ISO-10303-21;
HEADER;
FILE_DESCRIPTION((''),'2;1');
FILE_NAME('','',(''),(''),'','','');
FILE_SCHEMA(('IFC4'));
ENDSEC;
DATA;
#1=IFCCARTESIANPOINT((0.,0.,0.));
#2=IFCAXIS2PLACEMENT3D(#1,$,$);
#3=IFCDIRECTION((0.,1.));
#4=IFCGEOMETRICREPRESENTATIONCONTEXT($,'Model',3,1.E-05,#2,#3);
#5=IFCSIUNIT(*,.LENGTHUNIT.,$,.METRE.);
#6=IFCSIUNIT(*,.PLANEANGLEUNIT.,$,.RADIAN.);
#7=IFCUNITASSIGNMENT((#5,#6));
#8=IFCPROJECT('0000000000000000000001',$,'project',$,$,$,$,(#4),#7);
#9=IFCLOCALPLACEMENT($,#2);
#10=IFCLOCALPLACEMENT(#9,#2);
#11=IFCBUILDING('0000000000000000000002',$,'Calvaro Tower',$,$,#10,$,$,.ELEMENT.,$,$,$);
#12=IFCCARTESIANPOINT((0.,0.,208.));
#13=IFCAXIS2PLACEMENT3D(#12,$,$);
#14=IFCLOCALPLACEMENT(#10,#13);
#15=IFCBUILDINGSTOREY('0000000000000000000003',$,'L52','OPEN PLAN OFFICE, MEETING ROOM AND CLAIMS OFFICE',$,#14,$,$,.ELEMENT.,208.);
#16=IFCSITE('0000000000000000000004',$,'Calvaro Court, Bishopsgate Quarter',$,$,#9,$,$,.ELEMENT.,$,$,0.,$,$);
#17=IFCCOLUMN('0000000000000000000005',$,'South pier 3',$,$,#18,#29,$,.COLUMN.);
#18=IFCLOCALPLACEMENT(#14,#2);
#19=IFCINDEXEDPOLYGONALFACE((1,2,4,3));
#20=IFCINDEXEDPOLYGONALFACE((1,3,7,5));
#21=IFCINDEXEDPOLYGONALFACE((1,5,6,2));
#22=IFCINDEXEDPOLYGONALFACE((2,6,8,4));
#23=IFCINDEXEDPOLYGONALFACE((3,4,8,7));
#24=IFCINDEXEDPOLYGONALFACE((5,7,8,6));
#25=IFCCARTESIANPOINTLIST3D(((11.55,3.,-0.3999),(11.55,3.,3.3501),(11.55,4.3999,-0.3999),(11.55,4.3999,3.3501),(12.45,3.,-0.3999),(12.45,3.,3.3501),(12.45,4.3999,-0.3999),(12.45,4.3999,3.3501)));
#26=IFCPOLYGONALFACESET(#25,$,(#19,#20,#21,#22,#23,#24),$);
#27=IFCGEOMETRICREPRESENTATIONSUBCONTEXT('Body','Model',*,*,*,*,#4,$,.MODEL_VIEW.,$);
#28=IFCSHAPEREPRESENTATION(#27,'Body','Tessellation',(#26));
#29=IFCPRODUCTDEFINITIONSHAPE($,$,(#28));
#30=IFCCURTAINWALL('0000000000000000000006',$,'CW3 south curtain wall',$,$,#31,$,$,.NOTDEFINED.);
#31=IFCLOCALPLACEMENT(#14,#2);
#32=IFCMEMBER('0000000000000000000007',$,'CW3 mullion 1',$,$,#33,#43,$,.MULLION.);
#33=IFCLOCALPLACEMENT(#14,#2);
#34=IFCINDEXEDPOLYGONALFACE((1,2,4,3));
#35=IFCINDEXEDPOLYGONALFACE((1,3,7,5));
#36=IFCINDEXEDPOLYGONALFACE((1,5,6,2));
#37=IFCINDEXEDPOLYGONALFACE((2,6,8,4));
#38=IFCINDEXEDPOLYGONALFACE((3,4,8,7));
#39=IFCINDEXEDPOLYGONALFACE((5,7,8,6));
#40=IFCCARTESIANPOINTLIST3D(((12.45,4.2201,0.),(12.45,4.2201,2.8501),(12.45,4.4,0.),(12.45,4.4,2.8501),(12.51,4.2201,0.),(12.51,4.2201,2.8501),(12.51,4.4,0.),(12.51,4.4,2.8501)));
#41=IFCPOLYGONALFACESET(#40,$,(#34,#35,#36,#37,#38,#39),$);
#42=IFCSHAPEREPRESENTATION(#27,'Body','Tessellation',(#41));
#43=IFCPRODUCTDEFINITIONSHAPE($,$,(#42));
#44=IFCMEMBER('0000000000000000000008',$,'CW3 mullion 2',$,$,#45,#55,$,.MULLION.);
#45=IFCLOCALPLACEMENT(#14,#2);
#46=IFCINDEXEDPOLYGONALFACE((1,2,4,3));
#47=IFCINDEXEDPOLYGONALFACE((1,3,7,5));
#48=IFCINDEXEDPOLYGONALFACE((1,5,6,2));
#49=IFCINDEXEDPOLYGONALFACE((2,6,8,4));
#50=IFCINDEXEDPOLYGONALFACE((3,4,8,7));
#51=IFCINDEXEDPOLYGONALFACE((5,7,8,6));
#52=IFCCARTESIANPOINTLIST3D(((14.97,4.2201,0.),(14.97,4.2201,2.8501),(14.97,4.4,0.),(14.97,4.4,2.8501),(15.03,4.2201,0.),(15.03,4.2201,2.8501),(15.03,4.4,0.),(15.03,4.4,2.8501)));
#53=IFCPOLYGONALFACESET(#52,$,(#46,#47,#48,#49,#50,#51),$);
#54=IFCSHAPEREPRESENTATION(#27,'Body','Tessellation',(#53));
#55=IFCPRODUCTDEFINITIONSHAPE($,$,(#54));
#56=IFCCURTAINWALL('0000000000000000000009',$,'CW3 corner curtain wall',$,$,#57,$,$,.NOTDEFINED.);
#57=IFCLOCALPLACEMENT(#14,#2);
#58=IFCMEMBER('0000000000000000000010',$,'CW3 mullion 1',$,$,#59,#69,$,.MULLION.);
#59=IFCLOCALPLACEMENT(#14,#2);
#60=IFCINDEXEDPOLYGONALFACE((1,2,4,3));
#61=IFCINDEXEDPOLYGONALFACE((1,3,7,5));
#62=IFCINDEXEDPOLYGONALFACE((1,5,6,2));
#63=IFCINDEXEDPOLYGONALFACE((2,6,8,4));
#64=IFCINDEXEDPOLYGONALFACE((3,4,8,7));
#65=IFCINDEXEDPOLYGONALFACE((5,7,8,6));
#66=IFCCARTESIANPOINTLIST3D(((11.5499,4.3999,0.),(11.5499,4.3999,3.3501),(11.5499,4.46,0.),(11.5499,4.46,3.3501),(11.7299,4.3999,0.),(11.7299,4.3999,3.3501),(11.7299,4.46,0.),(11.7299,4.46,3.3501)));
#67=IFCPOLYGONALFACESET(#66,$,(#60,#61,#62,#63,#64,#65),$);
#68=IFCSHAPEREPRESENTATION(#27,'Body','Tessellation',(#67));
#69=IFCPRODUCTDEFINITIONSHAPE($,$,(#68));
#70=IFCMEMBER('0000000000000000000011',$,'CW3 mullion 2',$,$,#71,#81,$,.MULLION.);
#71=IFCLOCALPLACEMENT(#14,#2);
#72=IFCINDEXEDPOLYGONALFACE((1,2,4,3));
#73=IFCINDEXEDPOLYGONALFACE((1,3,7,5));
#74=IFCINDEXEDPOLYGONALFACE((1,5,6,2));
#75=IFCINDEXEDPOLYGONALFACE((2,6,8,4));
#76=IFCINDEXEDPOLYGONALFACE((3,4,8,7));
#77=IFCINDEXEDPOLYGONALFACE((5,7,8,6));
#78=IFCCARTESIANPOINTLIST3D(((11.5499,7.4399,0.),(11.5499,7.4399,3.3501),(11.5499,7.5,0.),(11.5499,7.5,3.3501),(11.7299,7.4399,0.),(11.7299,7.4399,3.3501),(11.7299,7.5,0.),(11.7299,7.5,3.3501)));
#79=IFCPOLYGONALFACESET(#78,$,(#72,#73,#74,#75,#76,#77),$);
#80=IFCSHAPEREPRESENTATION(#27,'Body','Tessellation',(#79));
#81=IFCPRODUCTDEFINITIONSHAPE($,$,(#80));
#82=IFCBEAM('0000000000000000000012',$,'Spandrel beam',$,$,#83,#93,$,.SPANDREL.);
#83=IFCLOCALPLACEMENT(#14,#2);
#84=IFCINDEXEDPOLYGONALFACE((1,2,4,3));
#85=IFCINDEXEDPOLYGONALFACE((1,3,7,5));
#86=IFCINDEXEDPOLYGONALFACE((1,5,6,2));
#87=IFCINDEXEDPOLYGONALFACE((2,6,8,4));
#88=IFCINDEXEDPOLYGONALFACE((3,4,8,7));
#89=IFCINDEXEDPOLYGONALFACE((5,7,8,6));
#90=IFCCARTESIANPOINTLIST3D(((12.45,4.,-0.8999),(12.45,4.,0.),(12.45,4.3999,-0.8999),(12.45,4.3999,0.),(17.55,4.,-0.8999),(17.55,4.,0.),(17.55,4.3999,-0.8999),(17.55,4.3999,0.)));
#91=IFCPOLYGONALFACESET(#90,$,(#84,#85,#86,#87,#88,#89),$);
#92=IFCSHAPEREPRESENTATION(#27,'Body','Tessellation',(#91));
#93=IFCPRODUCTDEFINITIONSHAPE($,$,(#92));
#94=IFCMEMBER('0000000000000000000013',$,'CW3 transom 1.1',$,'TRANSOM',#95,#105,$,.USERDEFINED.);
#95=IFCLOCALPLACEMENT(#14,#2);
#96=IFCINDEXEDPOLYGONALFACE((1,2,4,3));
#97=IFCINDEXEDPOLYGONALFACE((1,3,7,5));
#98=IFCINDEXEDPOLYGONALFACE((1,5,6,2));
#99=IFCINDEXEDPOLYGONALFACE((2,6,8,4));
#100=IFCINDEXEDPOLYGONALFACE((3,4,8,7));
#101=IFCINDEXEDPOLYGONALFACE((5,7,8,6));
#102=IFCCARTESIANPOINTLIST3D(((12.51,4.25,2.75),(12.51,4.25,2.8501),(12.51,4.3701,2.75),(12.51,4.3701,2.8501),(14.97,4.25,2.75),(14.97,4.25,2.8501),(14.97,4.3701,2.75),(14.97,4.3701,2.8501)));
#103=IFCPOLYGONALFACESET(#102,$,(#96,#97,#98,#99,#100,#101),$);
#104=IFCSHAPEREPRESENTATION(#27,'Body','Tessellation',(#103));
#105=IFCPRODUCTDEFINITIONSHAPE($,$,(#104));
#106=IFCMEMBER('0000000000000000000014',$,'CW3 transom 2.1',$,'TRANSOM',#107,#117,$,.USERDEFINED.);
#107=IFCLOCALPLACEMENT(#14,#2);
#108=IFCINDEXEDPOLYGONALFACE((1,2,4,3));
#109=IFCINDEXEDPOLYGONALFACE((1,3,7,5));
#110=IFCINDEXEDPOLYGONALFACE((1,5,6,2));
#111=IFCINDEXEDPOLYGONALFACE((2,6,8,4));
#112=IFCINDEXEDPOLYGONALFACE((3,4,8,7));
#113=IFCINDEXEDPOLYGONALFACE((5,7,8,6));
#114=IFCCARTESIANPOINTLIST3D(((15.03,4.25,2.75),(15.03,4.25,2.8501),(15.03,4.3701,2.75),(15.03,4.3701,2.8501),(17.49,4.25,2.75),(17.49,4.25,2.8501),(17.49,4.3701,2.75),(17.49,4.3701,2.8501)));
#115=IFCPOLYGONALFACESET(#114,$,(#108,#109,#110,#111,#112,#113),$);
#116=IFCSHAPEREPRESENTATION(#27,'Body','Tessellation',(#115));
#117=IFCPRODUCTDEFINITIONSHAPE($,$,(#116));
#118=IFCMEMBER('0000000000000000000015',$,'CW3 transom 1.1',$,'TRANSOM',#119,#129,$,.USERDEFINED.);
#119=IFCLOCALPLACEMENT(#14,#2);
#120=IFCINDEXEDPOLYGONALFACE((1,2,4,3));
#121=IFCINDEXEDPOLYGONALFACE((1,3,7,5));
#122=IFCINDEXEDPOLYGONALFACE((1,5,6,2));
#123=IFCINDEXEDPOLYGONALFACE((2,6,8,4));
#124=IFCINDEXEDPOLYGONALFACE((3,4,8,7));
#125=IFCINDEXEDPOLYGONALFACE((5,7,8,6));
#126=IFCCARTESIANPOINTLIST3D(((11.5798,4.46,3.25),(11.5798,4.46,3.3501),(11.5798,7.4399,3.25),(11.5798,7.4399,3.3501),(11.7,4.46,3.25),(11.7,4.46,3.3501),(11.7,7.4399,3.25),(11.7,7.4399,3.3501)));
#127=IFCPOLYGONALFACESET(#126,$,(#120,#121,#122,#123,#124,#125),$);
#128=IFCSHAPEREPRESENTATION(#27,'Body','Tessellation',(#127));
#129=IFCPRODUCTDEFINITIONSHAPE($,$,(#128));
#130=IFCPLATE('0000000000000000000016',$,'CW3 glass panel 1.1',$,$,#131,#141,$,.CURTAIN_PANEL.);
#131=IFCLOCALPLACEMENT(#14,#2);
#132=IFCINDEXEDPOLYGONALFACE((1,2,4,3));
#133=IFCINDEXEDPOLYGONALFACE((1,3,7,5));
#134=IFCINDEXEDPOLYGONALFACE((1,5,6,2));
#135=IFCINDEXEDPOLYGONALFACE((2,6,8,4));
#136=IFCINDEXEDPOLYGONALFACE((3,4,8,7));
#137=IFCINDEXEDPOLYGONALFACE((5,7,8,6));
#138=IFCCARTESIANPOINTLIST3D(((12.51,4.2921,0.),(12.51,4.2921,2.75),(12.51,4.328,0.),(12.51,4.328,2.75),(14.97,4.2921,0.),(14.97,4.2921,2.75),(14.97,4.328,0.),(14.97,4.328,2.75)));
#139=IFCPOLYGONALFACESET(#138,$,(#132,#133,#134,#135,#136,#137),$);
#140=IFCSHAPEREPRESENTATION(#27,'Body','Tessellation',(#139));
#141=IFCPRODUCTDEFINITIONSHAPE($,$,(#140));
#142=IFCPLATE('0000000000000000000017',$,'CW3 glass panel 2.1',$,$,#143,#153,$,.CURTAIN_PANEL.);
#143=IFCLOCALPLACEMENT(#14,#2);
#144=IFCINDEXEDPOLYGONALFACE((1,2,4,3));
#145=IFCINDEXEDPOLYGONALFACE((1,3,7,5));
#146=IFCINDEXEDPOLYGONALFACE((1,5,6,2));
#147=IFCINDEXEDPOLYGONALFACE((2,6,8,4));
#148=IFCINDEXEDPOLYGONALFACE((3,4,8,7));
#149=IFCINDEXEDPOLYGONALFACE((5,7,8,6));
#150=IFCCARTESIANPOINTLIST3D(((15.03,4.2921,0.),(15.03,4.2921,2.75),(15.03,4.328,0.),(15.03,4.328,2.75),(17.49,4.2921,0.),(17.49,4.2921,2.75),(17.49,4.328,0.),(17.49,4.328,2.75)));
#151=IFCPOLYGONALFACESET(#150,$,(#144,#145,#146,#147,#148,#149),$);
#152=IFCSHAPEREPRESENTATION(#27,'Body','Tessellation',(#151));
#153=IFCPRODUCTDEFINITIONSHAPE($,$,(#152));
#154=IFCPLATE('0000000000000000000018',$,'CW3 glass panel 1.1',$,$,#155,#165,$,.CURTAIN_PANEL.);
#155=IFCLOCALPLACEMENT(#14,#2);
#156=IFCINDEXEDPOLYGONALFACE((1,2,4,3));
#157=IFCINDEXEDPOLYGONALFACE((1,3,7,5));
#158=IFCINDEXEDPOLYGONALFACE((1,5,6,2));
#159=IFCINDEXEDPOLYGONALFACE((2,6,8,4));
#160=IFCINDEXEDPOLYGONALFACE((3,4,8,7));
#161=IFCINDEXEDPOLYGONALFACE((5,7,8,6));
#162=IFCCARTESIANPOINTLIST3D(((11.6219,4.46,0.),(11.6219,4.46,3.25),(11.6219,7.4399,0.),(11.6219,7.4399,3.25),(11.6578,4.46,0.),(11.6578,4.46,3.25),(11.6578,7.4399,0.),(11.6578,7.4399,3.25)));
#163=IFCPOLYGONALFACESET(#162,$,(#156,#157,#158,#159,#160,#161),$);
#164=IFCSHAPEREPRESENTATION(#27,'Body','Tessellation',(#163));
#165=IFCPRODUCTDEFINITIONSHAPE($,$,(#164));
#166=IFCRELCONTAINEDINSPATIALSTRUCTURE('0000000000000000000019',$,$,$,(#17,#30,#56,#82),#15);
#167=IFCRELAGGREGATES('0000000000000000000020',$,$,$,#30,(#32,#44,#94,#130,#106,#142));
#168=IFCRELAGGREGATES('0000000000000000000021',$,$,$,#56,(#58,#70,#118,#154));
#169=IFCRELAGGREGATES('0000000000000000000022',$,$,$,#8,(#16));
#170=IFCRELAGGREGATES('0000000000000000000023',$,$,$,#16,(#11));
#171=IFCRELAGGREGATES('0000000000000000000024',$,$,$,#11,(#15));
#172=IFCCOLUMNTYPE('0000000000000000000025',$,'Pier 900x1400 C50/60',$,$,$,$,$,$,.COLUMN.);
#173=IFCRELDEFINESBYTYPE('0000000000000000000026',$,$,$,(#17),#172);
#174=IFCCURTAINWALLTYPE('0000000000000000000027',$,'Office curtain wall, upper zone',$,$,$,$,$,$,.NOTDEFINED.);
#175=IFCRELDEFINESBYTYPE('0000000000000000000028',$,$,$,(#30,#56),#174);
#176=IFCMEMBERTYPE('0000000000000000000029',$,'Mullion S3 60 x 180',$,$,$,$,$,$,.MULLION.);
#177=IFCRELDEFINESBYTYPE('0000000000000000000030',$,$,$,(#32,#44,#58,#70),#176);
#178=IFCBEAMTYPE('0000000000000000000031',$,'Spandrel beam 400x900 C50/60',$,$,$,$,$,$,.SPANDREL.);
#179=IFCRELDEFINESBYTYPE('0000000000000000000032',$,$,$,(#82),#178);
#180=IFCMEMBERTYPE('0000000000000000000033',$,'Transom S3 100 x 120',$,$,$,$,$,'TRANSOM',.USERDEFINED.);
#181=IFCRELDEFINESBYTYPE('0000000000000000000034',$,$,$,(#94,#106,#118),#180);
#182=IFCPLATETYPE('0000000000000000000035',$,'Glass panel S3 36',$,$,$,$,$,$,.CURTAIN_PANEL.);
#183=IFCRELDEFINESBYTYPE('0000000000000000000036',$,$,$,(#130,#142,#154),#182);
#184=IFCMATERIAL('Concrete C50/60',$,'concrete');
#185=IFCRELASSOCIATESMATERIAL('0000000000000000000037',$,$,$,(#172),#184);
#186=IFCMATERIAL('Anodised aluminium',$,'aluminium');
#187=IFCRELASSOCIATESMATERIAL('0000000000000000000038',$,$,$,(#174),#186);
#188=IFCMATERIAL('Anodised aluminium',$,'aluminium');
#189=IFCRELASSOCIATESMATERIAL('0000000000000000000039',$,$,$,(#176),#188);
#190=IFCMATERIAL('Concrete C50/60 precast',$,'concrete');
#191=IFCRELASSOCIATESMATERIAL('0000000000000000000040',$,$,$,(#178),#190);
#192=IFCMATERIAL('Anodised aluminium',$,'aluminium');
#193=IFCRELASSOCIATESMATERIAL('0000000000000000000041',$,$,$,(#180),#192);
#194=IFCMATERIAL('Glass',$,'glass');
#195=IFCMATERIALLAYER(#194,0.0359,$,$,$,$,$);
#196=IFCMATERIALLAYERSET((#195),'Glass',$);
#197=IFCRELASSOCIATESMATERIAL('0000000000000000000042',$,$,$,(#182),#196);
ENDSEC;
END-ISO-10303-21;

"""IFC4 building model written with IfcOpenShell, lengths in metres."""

from ifc_helpers import new_model, si_unit, direction, frame, origin, origin_2d, place, context, subcontext, project, spatial, rectangle, extrude, material, layer, layer_set, material_profile, profile_set, type_object, element, aggregate, save


model = new_model("IFC4")

# Units and contexts
model_context = context("Model", 3, precision=1e-05, world=origin(), true_north=direction((0.0, 1.0)))
body_context = subcontext(model_context, "Body", "Model", "MODEL_VIEW")
ifc_project = project(units=[si_unit("LENGTHUNIT", "METRE"), si_unit("PLANEANGLEUNIT", "RADIAN")], contexts=[model_context])

# Site, building, storey
site_placement = place(None, origin())
site = spatial("IfcSite", under=ifc_project, at=site_placement, Name="Calvaro Court, Bishopsgate Quarter", CompositionType="ELEMENT", RefElevation=0.0)
building_placement = place(site_placement, origin())
building = spatial("IfcBuilding", under=site, at=building_placement, Name="Calvaro Tower", CompositionType="ELEMENT")
storey_placement = place(building_placement, frame((0.0, 0.0, 208.0)))
storey = spatial("IfcBuildingStorey", under=building, at=storey_placement, Name="L52", Description="OPEN PLAN OFFICE, MEETING ROOM AND CLAIMS OFFICE", CompositionType="ELEMENT", Elevation=208.0)

# Column
ifc_material_1 = material(Name="Concrete C50/60", Category="concrete")
ifc_material_profile_1 = material_profile(ifc_material_1, rectangle(XDim=0.8999, YDim=1.3999, at=origin_2d()), Name="RC 900x1400")
ifc_profile_set_1 = profile_set([ifc_material_profile_1], Name="Concrete C50/60")
column_type = type_object("IfcColumnType", Name="Pier 900x1400 C50/60", PredefinedType="COLUMN", material=ifc_profile_set_1)
column_placement = place(storey_placement, frame((12.0, 3.7, -0.3999), z_axis=(0.0, 0.0, 1.0), x_axis=(1.0, 0.0, 0.0)))
element("IfcColumn", 1, at=column_placement, inside=storey, type_object=column_type, Name="South pier 3", PredefinedType="COLUMN", context=body_context, shape_type="SweptSolid", body=[
    extrude(rectangle(XDim=0.8999, YDim=1.3999, at=origin_2d()), origin(), (0.0, 0.0, 1.0), 3.75),
])

# Curtain walls, members
ifc_material_2 = material(Name="Anodised aluminium", Category="aluminium")
curtain_wall_type = type_object("IfcCurtainWallType", Name="Office curtain wall, upper zone", PredefinedType="NOTDEFINED", material=ifc_material_2)
curtain_wall_1_placement = place(storey_placement, origin())
curtain_wall_1 = element("IfcCurtainWall", 2, at=curtain_wall_1_placement, inside=storey, type_object=curtain_wall_type, Name="CW3 south curtain wall", PredefinedType="NOTDEFINED")
ifc_material_3 = material(Name="Anodised aluminium", Category="aluminium")
ifc_material_profile_2 = material_profile(ifc_material_3, rectangle(XDim=0.1799, YDim=0.0601, at=origin_2d()), Name="Mullion S3 60 x 180")
ifc_profile_set_2 = profile_set([ifc_material_profile_2], Name="Anodised aluminium")
member_type_1 = type_object("IfcMemberType", Name="Mullion S3 60 x 180", PredefinedType="MULLION", material=ifc_profile_set_2)
member_1_placement = place(storey_placement, frame((12.48, 4.3101, 0.0), z_axis=(0.0, 0.0, 1.0), x_axis=(0.0, 1.0, 0.0)))
member_1 = element("IfcMember", 3, at=member_1_placement, type_object=member_type_1, Name="CW3 mullion 1", PredefinedType="MULLION", context=body_context, shape_type="SweptSolid", body=[
    extrude(rectangle(XDim=0.1799, YDim=0.0601, at=origin_2d()), origin(), (0.0, 0.0, 1.0), 2.8501),
])
member_2_placement = place(storey_placement, frame((15.0, 4.3101, 0.0), z_axis=(0.0, 0.0, 1.0), x_axis=(0.0, 1.0, 0.0)))
member_2 = element("IfcMember", 4, at=member_2_placement, type_object=member_type_1, Name="CW3 mullion 2", PredefinedType="MULLION", context=body_context, shape_type="SweptSolid", body=[
    extrude(rectangle(XDim=0.1799, YDim=0.0601, at=origin_2d()), origin(), (0.0, 0.0, 1.0), 2.8501),
])
curtain_wall_2_placement = place(storey_placement, origin())
curtain_wall_2 = element("IfcCurtainWall", 5, at=curtain_wall_2_placement, inside=storey, type_object=curtain_wall_type, Name="CW3 corner curtain wall", PredefinedType="NOTDEFINED")
member_3_placement = place(storey_placement, frame((11.6399, 4.4299, 0.0), z_axis=(0.0, 0.0, 1.0), x_axis=(-1.0, 0.0, 0.0)))
member_3 = element("IfcMember", 6, at=member_3_placement, type_object=member_type_1, Name="CW3 mullion 1", PredefinedType="MULLION", context=body_context, shape_type="SweptSolid", body=[
    extrude(rectangle(XDim=0.1799, YDim=0.0601, at=origin_2d()), origin(), (0.0, 0.0, 1.0), 3.3501),
])
member_4_placement = place(storey_placement, frame((11.6399, 7.47, 0.0), z_axis=(0.0, 0.0, 1.0), x_axis=(-1.0, 0.0, 0.0)))
member_4 = element("IfcMember", 7, at=member_4_placement, type_object=member_type_1, Name="CW3 mullion 2", PredefinedType="MULLION", context=body_context, shape_type="SweptSolid", body=[
    extrude(rectangle(XDim=0.1799, YDim=0.0601, at=origin_2d()), origin(), (0.0, 0.0, 1.0), 3.3501),
])

# Beam
ifc_material_4 = material(Name="Concrete C50/60 precast", Category="concrete")
ifc_material_profile_3 = material_profile(ifc_material_4, rectangle(XDim=0.3999, YDim=0.8999, at=origin_2d()), Name="RC 400x900")
ifc_profile_set_3 = profile_set([ifc_material_profile_3], Name="Concrete C50/60 precast")
beam_type = type_object("IfcBeamType", Name="Spandrel beam 400x900 C50/60", PredefinedType="SPANDREL", material=ifc_profile_set_3)
beam_placement = place(storey_placement, frame((12.45, 4.2, -0.45), z_axis=(1.0, 0.0, 0.0), x_axis=(0.0, 1.0, 0.0)))
element("IfcBeam", 8, at=beam_placement, inside=storey, type_object=beam_type, Name="Spandrel beam", PredefinedType="SPANDREL", context=body_context, shape_type="SweptSolid", body=[
    extrude(rectangle(XDim=0.3999, YDim=0.8999, at=origin_2d()), origin(), (0.0, 0.0, 1.0), 5.1001),
])

# Members
ifc_material_5 = material(Name="Anodised aluminium", Category="aluminium")
ifc_material_profile_4 = material_profile(ifc_material_5, rectangle(XDim=0.1201, YDim=0.1001, at=origin_2d()), Name="Transom S3 100 x 120")
ifc_profile_set_4 = profile_set([ifc_material_profile_4], Name="Anodised aluminium")
member_type_2 = type_object("IfcMemberType", Name="Transom S3 100 x 120", ElementType="TRANSOM", PredefinedType="USERDEFINED", material=ifc_profile_set_4)
member_5_placement = place(storey_placement, frame((12.51, 4.3101, 2.8), z_axis=(1.0, 0.0, 0.0), x_axis=(0.0, 1.0, 0.0)))
member_5 = element("IfcMember", 9, at=member_5_placement, type_object=member_type_2, Name="CW3 transom 1.1", ObjectType="TRANSOM", PredefinedType="USERDEFINED", context=body_context, shape_type="SweptSolid", body=[
    extrude(rectangle(XDim=0.1201, YDim=0.1001, at=origin_2d()), origin(), (0.0, 0.0, 1.0), 2.46),
])
member_6_placement = place(storey_placement, frame((15.03, 4.3101, 2.8), z_axis=(1.0, 0.0, 0.0), x_axis=(0.0, 1.0, 0.0)))
member_6 = element("IfcMember", 10, at=member_6_placement, type_object=member_type_2, Name="CW3 transom 2.1", ObjectType="TRANSOM", PredefinedType="USERDEFINED", context=body_context, shape_type="SweptSolid", body=[
    extrude(rectangle(XDim=0.1201, YDim=0.1001, at=origin_2d()), origin(), (0.0, 0.0, 1.0), 2.46),
])
member_7_placement = place(storey_placement, frame((11.6399, 4.46, 3.3), z_axis=(0.0, 1.0, 0.0), x_axis=(-1.0, 0.0, 0.0)))
member_7 = element("IfcMember", 11, at=member_7_placement, type_object=member_type_2, Name="CW3 transom 1.1", ObjectType="TRANSOM", PredefinedType="USERDEFINED", context=body_context, shape_type="SweptSolid", body=[
    extrude(rectangle(XDim=0.1201, YDim=0.1001, at=origin_2d()), origin(), (0.0, 0.0, 1.0), 2.98),
])

# Plates
ifc_material_6 = material(Name="Glass", Category="glass")
ifc_layer_1 = layer(ifc_material_6, 0.0359)
ifc_layer_set_1 = layer_set([ifc_layer_1], Name="Glass")
plate_type = type_object("IfcPlateType", Name="Glass panel S3 36", PredefinedType="CURTAIN_PANEL", material=ifc_layer_set_1)
plate_1_placement = place(storey_placement, frame((13.74, 4.3101, 0.0), z_axis=(0.0, 0.0, 1.0), x_axis=(1.0, 0.0, 0.0)))
plate_1 = element("IfcPlate", 12, at=plate_1_placement, type_object=plate_type, Name="CW3 glass panel 1.1", PredefinedType="CURTAIN_PANEL", context=body_context, shape_type="SweptSolid", body=[
    extrude(rectangle(XDim=2.46, YDim=0.0359, at=origin_2d()), origin(), (0.0, 0.0, 1.0), 2.75),
])
plate_2_placement = place(storey_placement, frame((16.26, 4.3101, 0.0), z_axis=(0.0, 0.0, 1.0), x_axis=(1.0, 0.0, 0.0)))
plate_2 = element("IfcPlate", 13, at=plate_2_placement, type_object=plate_type, Name="CW3 glass panel 2.1", PredefinedType="CURTAIN_PANEL", context=body_context, shape_type="SweptSolid", body=[
    extrude(rectangle(XDim=2.46, YDim=0.0359, at=origin_2d()), origin(), (0.0, 0.0, 1.0), 2.75),
])
aggregate(curtain_wall_1, [member_1, member_2, member_5, plate_1, member_6, plate_2])
plate_3_placement = place(storey_placement, frame((11.6399, 5.95, 0.0), z_axis=(0.0, 0.0, 1.0), x_axis=(0.0, 1.0, 0.0)))
plate_3 = element("IfcPlate", 14, at=plate_3_placement, type_object=plate_type, Name="CW3 glass panel 1.1", PredefinedType="CURTAIN_PANEL", context=body_context, shape_type="SweptSolid", body=[
    extrude(rectangle(XDim=2.98, YDim=0.0359, at=origin_2d()), origin(), (0.0, 0.0, 1.0), 3.25),
])
aggregate(curtain_wall_2, [member_3, member_4, member_7, plate_3])

save(model, "model.ifc")
